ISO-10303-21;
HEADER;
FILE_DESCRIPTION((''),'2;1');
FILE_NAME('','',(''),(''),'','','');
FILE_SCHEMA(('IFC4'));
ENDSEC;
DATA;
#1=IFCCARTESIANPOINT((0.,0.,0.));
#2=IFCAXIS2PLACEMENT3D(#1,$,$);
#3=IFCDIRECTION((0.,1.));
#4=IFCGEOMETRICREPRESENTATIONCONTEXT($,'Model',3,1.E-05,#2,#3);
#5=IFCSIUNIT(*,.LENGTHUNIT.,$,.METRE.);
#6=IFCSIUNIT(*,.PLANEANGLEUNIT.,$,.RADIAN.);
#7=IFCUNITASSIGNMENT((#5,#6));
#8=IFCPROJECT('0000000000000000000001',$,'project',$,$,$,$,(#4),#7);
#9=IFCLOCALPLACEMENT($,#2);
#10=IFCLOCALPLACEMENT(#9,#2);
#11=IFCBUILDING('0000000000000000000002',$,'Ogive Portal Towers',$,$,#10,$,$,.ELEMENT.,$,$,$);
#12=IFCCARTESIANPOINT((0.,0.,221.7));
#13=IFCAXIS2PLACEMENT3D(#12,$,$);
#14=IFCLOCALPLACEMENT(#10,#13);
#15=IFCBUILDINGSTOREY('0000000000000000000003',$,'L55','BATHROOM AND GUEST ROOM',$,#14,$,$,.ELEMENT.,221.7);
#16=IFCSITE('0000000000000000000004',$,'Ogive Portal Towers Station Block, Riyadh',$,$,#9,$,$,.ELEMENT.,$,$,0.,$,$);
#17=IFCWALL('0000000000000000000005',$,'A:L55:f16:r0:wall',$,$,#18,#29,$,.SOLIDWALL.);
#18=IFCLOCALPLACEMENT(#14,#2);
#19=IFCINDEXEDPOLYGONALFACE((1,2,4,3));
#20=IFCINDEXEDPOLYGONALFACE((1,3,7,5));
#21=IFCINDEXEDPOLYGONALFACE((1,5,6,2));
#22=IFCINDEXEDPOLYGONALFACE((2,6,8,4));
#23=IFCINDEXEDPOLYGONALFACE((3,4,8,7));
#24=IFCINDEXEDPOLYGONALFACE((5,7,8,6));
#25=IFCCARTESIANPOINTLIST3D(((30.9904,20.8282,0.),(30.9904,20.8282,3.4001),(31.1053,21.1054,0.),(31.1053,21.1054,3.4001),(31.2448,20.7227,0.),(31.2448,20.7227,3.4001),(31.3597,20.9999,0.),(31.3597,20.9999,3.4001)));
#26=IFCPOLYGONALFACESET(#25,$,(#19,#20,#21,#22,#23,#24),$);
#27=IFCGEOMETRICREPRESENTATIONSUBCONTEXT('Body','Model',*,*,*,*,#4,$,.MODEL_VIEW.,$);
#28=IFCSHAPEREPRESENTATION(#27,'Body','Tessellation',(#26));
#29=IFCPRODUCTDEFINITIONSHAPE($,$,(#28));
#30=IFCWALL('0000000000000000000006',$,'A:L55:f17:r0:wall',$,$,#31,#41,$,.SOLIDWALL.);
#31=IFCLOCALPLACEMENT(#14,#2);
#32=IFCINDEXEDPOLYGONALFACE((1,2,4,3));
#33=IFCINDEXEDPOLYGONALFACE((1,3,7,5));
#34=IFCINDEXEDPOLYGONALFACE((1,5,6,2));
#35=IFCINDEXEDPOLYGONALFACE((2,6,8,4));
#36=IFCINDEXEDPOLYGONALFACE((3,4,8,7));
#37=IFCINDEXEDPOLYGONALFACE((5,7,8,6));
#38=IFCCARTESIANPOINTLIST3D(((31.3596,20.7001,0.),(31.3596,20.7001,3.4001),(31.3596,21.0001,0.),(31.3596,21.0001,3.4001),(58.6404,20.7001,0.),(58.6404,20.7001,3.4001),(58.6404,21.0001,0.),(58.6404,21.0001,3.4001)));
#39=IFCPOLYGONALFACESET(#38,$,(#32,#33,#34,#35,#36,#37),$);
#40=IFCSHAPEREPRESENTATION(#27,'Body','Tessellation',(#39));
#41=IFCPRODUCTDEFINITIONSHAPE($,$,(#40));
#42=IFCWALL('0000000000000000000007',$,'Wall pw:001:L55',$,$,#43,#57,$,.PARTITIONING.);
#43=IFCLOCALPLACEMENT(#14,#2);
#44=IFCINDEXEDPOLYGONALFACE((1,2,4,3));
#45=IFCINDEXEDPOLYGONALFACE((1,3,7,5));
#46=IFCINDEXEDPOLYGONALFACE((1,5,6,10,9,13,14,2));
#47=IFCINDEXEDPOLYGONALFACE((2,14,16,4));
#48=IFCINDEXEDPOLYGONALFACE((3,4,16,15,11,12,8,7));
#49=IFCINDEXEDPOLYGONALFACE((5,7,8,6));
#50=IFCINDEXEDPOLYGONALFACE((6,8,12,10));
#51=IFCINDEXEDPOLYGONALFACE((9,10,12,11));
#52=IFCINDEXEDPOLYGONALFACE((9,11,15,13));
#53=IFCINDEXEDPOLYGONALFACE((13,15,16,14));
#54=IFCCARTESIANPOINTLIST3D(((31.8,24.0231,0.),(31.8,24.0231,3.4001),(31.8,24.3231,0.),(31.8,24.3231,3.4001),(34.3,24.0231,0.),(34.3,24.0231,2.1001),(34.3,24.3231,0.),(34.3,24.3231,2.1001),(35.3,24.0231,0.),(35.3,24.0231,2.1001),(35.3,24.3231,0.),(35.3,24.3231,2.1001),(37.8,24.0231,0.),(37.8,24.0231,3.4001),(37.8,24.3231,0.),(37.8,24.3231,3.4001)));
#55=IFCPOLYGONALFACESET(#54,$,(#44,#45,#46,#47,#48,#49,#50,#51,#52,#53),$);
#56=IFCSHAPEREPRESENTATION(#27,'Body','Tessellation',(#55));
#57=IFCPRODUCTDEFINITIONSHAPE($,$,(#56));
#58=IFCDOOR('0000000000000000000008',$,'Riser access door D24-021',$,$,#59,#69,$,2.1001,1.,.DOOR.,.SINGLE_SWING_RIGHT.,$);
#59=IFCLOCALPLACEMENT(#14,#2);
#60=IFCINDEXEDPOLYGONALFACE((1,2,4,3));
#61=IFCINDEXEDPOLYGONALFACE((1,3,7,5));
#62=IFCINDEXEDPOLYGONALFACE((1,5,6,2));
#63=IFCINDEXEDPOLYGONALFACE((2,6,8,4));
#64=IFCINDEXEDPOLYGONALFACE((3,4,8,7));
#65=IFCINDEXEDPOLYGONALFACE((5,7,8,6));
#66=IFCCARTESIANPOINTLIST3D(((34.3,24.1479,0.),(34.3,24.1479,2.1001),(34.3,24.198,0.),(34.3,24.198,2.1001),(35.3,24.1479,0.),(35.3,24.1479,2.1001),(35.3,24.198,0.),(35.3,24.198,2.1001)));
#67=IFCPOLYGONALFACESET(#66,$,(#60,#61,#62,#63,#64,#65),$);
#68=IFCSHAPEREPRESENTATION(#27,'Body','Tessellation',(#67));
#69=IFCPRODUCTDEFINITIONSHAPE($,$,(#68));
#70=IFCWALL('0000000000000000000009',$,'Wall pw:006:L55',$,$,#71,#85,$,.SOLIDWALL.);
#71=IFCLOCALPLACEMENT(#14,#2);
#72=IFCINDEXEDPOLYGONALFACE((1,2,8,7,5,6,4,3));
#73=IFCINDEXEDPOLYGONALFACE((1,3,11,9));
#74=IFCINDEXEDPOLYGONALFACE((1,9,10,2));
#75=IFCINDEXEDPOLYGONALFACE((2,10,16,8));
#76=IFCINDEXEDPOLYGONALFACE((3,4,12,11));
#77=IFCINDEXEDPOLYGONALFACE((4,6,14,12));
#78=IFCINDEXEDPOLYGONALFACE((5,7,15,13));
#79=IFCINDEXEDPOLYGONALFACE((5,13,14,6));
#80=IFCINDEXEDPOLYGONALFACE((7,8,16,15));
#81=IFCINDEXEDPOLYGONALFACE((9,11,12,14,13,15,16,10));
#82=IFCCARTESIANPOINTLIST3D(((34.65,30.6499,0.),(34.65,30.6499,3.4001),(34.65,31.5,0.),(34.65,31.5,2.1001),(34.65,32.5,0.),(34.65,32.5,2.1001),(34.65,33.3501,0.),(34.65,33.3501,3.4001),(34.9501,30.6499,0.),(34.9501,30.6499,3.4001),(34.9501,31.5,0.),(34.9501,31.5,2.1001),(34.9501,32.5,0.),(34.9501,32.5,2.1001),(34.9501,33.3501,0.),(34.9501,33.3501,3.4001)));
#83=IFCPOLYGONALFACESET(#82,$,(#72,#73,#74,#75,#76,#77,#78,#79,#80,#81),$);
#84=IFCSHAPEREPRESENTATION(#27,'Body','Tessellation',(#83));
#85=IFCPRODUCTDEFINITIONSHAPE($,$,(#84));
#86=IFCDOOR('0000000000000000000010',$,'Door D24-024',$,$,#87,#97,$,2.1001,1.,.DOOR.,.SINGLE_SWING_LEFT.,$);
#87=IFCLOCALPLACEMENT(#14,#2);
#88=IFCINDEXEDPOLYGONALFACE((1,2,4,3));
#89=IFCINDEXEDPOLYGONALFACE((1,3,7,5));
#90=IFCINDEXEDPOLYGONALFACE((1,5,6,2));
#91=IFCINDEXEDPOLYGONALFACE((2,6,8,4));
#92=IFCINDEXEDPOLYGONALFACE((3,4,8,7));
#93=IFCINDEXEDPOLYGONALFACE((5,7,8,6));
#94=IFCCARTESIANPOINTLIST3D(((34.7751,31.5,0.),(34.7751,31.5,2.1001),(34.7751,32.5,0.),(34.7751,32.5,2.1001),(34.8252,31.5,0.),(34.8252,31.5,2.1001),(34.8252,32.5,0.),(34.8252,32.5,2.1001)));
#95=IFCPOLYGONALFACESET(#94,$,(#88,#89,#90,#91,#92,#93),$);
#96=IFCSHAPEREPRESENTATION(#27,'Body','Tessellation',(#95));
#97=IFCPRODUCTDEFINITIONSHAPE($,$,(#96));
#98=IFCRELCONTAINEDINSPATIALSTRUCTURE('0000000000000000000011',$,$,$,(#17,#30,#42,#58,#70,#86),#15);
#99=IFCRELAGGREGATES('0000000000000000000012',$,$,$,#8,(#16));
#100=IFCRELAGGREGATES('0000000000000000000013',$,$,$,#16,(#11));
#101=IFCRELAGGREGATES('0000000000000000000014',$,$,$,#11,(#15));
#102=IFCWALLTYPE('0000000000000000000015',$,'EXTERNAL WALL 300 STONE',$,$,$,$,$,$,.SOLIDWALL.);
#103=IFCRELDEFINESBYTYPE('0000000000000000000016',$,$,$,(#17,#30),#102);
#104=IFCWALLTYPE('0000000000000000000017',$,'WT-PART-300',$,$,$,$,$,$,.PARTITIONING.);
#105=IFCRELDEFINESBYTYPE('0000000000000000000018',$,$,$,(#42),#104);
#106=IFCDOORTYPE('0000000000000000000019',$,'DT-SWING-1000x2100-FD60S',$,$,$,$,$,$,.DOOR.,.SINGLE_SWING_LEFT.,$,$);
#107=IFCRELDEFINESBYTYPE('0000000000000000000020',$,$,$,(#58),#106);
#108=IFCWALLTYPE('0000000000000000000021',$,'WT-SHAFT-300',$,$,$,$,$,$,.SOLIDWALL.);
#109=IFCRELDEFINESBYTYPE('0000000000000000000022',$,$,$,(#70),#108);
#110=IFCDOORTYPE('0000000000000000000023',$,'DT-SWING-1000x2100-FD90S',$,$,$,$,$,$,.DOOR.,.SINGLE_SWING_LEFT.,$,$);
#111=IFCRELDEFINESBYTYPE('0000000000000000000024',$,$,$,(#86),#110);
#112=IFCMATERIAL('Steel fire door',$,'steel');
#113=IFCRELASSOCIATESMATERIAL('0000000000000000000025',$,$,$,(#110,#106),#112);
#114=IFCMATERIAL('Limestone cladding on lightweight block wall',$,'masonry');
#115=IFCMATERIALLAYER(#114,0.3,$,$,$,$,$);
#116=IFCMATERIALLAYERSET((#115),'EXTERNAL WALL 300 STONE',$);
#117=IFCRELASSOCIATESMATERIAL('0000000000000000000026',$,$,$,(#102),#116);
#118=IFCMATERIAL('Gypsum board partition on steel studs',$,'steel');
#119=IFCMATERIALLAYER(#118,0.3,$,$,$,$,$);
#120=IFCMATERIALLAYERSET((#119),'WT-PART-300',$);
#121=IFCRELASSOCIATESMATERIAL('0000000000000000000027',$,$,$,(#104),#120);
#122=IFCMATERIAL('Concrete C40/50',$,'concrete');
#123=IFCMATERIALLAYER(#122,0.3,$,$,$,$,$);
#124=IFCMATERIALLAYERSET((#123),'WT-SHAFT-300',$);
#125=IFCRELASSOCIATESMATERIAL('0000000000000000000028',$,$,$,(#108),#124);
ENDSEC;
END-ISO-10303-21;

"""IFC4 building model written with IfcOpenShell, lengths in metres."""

from ifc_helpers import new_model, si_unit, direction, frame, frame_2d, origin, place, context, subcontext, project, spatial, rectangle, extrude, material, layer, layer_set, type_object, element, fill, save


model = new_model("IFC4")

# Units and contexts
model_context = context("Model", 3, precision=1e-05, world=origin(), true_north=direction((0.0, 1.0)))
body_context = subcontext(model_context, "Body", "Model", "MODEL_VIEW")
ifc_project = project(units=[si_unit("LENGTHUNIT", "METRE"), si_unit("PLANEANGLEUNIT", "RADIAN")], contexts=[model_context])

# Site, building, storey
site_placement = place(None, origin())
site = spatial("IfcSite", under=ifc_project, at=site_placement, Name="Ogive Portal Towers Station Block, Riyadh", CompositionType="ELEMENT", RefElevation=0.0)
building_placement = place(site_placement, origin())
building = spatial("IfcBuilding", under=site, at=building_placement, Name="Ogive Portal Towers", CompositionType="ELEMENT")
storey_placement = place(building_placement, frame((0.0, 0.0, 221.7)))
storey = spatial("IfcBuildingStorey", under=building, at=storey_placement, Name="L55", Description="BATHROOM AND GUEST ROOM", CompositionType="ELEMENT", Elevation=221.7)

# Shared definitions
ifc_material_1 = material(Name="Concrete C40/50", Category="concrete")

# Shared definitions
ifc_material_2 = material(Name="Steel fire door", Category="steel")
door_type_1 = type_object("IfcDoorType", Name="DT-SWING-1000x2100-FD90S", OperationType="SINGLE_SWING_LEFT", PredefinedType="DOOR", material=ifc_material_2)

# Walls
ifc_material_3 = material(Name="Limestone cladding on lightweight block wall", Category="masonry")
ifc_layer_1 = layer(ifc_material_3, 0.3)
ifc_layer_set_1 = layer_set([ifc_layer_1], Name="EXTERNAL WALL 300 STONE")
wall_type_1 = type_object("IfcWallType", Name="EXTERNAL WALL 300 STONE", PredefinedType="SOLIDWALL", material=ifc_layer_set_1)
for number, where, z_axis, x_axis, name in (
    (1, (31.0479, 20.9668, 0.0), (0.0, 0.0, 1.0), (0.923757, -0.382978, 0.0), "A:L55:f16:r0:wall"),
):
    element("IfcWall", number, at=place(storey_placement, frame(where, z_axis=z_axis, x_axis=x_axis)), inside=storey, type_object=wall_type_1, Name=name, PredefinedType="SOLIDWALL", context=body_context, shape_type="SweptSolid", body=[
        extrude(rectangle(XDim=0.2754, YDim=0.3, at=frame_2d((0.1377, 0.0))), origin(), (0.0, 0.0, 1.0), 3.4001),
    ])
wall_1_placement = place(storey_placement, frame((31.3596, 20.8501, 0.0), z_axis=(0.0, 0.0, 1.0), x_axis=(1.0, 0.0, 0.0)))
element("IfcWall", 2, at=wall_1_placement, inside=storey, type_object=wall_type_1, Name="A:L55:f17:r0:wall", PredefinedType="SOLIDWALL", context=body_context, shape_type="SweptSolid", body=[
    extrude(rectangle(XDim=27.2808, YDim=0.3, at=frame_2d((13.6404, 0.0))), origin(), (0.0, 0.0, 1.0), 3.4001),
])

# Walls, openings, doors
ifc_material_4 = material(Name="Gypsum board partition on steel studs", Category="steel")
ifc_layer_2 = layer(ifc_material_4, 0.3)
ifc_layer_set_2 = layer_set([ifc_layer_2], Name="WT-PART-300")
wall_type_2 = type_object("IfcWallType", Name="WT-PART-300", PredefinedType="PARTITIONING", material=ifc_layer_set_2)
wall_2_placement = place(storey_placement, frame((31.8, 24.1731, 0.0), z_axis=(0.0, 0.0, 1.0), x_axis=(1.0, 0.0, 0.0)))
wall_2 = element("IfcWall", 3, at=wall_2_placement, inside=storey, type_object=wall_type_2, Name="Wall pw:001:L55", PredefinedType="PARTITIONING", context=body_context, shape_type="SweptSolid", body=[
    extrude(rectangle(XDim=6.0, YDim=0.3, at=frame_2d((3.0, 0.0))), origin(), (0.0, 0.0, 1.0), 3.4001),
])
opening_1_placement = place(wall_2_placement, frame((2.5, 0.0, 0.0)))
opening_1 = element("IfcOpeningElement", 4, at=opening_1_placement, cuts=wall_2, PredefinedType="OPENING", context=body_context, shape_type="SweptSolid", body=[
    extrude(rectangle(XDim=1.0, YDim=2.1001, at=frame_2d((0.5, 1.05))), frame((0.0, 0.1602, 0.0), z_axis=(0.0, -1.0, 0.0), x_axis=(1.0, 0.0, 0.0)), (0.0, 0.0, 1.0), 0.3201),
])
door_type_2 = type_object("IfcDoorType", Name="DT-SWING-1000x2100-FD60S", OperationType="SINGLE_SWING_LEFT", PredefinedType="DOOR", material=ifc_material_2)
door_1_placement = place(opening_1_placement, origin())
door_1 = element("IfcDoor", 5, at=door_1_placement, inside=storey, type_object=door_type_2, Name="Riser access door D24-021", OperationType="SINGLE_SWING_RIGHT", OverallHeight=2.1001, OverallWidth=1.0, PredefinedType="DOOR", context=body_context, shape_type="SweptSolid", body=[
    extrude(rectangle(XDim=1.0, YDim=2.1001, at=frame_2d((0.5, 1.05))), frame((0.0, 0.0249, 0.0), z_axis=(0.0, -1.0, 0.0), x_axis=(1.0, 0.0, 0.0)), (0.0, 0.0, 1.0), 0.05),
])
fill(opening_1, door_1)
ifc_layer_3 = layer(ifc_material_1, 0.3)
ifc_layer_set_3 = layer_set([ifc_layer_3], Name="WT-SHAFT-300")
wall_type_3 = type_object("IfcWallType", Name="WT-SHAFT-300", PredefinedType="SOLIDWALL", material=ifc_layer_set_3)
wall_3_placement = place(storey_placement, frame((34.8, 30.6499, 0.0), z_axis=(0.0, 0.0, 1.0), x_axis=(0.0, 1.0, 0.0)))
wall_3 = element("IfcWall", 6, at=wall_3_placement, inside=storey, type_object=wall_type_3, Name="Wall pw:006:L55", PredefinedType="SOLIDWALL", context=body_context, shape_type="SweptSolid", body=[
    extrude(rectangle(XDim=2.7002, YDim=0.3, at=frame_2d((1.3501, 0.0))), origin(), (0.0, 0.0, 1.0), 3.4001),
])
opening_2_placement = place(wall_3_placement, frame((0.8501, 0.0, 0.0)))
opening_2 = element("IfcOpeningElement", 7, at=opening_2_placement, cuts=wall_3, PredefinedType="OPENING", context=body_context, shape_type="SweptSolid", body=[
    extrude(rectangle(XDim=1.0, YDim=2.1001, at=frame_2d((0.5, 1.05))), frame((0.0, 0.1602, 0.0), z_axis=(0.0, -1.0, 0.0), x_axis=(1.0, 0.0, 0.0)), (0.0, 0.0, 1.0), 0.3201),
])
door_2_placement = place(opening_2_placement, origin())
door_2 = element("IfcDoor", 8, at=door_2_placement, inside=storey, type_object=door_type_1, Name="Door D24-024", OperationType="SINGLE_SWING_LEFT", OverallHeight=2.1001, OverallWidth=1.0, PredefinedType="DOOR", context=body_context, shape_type="SweptSolid", body=[
    extrude(rectangle(XDim=1.0, YDim=2.1001, at=frame_2d((0.5, 1.05))), frame((0.0, 0.0249, 0.0), z_axis=(0.0, -1.0, 0.0), x_axis=(1.0, 0.0, 0.0)), (0.0, 0.0, 1.0), 0.05),
])
fill(opening_2, door_2)

save(model, "model.ifc")
